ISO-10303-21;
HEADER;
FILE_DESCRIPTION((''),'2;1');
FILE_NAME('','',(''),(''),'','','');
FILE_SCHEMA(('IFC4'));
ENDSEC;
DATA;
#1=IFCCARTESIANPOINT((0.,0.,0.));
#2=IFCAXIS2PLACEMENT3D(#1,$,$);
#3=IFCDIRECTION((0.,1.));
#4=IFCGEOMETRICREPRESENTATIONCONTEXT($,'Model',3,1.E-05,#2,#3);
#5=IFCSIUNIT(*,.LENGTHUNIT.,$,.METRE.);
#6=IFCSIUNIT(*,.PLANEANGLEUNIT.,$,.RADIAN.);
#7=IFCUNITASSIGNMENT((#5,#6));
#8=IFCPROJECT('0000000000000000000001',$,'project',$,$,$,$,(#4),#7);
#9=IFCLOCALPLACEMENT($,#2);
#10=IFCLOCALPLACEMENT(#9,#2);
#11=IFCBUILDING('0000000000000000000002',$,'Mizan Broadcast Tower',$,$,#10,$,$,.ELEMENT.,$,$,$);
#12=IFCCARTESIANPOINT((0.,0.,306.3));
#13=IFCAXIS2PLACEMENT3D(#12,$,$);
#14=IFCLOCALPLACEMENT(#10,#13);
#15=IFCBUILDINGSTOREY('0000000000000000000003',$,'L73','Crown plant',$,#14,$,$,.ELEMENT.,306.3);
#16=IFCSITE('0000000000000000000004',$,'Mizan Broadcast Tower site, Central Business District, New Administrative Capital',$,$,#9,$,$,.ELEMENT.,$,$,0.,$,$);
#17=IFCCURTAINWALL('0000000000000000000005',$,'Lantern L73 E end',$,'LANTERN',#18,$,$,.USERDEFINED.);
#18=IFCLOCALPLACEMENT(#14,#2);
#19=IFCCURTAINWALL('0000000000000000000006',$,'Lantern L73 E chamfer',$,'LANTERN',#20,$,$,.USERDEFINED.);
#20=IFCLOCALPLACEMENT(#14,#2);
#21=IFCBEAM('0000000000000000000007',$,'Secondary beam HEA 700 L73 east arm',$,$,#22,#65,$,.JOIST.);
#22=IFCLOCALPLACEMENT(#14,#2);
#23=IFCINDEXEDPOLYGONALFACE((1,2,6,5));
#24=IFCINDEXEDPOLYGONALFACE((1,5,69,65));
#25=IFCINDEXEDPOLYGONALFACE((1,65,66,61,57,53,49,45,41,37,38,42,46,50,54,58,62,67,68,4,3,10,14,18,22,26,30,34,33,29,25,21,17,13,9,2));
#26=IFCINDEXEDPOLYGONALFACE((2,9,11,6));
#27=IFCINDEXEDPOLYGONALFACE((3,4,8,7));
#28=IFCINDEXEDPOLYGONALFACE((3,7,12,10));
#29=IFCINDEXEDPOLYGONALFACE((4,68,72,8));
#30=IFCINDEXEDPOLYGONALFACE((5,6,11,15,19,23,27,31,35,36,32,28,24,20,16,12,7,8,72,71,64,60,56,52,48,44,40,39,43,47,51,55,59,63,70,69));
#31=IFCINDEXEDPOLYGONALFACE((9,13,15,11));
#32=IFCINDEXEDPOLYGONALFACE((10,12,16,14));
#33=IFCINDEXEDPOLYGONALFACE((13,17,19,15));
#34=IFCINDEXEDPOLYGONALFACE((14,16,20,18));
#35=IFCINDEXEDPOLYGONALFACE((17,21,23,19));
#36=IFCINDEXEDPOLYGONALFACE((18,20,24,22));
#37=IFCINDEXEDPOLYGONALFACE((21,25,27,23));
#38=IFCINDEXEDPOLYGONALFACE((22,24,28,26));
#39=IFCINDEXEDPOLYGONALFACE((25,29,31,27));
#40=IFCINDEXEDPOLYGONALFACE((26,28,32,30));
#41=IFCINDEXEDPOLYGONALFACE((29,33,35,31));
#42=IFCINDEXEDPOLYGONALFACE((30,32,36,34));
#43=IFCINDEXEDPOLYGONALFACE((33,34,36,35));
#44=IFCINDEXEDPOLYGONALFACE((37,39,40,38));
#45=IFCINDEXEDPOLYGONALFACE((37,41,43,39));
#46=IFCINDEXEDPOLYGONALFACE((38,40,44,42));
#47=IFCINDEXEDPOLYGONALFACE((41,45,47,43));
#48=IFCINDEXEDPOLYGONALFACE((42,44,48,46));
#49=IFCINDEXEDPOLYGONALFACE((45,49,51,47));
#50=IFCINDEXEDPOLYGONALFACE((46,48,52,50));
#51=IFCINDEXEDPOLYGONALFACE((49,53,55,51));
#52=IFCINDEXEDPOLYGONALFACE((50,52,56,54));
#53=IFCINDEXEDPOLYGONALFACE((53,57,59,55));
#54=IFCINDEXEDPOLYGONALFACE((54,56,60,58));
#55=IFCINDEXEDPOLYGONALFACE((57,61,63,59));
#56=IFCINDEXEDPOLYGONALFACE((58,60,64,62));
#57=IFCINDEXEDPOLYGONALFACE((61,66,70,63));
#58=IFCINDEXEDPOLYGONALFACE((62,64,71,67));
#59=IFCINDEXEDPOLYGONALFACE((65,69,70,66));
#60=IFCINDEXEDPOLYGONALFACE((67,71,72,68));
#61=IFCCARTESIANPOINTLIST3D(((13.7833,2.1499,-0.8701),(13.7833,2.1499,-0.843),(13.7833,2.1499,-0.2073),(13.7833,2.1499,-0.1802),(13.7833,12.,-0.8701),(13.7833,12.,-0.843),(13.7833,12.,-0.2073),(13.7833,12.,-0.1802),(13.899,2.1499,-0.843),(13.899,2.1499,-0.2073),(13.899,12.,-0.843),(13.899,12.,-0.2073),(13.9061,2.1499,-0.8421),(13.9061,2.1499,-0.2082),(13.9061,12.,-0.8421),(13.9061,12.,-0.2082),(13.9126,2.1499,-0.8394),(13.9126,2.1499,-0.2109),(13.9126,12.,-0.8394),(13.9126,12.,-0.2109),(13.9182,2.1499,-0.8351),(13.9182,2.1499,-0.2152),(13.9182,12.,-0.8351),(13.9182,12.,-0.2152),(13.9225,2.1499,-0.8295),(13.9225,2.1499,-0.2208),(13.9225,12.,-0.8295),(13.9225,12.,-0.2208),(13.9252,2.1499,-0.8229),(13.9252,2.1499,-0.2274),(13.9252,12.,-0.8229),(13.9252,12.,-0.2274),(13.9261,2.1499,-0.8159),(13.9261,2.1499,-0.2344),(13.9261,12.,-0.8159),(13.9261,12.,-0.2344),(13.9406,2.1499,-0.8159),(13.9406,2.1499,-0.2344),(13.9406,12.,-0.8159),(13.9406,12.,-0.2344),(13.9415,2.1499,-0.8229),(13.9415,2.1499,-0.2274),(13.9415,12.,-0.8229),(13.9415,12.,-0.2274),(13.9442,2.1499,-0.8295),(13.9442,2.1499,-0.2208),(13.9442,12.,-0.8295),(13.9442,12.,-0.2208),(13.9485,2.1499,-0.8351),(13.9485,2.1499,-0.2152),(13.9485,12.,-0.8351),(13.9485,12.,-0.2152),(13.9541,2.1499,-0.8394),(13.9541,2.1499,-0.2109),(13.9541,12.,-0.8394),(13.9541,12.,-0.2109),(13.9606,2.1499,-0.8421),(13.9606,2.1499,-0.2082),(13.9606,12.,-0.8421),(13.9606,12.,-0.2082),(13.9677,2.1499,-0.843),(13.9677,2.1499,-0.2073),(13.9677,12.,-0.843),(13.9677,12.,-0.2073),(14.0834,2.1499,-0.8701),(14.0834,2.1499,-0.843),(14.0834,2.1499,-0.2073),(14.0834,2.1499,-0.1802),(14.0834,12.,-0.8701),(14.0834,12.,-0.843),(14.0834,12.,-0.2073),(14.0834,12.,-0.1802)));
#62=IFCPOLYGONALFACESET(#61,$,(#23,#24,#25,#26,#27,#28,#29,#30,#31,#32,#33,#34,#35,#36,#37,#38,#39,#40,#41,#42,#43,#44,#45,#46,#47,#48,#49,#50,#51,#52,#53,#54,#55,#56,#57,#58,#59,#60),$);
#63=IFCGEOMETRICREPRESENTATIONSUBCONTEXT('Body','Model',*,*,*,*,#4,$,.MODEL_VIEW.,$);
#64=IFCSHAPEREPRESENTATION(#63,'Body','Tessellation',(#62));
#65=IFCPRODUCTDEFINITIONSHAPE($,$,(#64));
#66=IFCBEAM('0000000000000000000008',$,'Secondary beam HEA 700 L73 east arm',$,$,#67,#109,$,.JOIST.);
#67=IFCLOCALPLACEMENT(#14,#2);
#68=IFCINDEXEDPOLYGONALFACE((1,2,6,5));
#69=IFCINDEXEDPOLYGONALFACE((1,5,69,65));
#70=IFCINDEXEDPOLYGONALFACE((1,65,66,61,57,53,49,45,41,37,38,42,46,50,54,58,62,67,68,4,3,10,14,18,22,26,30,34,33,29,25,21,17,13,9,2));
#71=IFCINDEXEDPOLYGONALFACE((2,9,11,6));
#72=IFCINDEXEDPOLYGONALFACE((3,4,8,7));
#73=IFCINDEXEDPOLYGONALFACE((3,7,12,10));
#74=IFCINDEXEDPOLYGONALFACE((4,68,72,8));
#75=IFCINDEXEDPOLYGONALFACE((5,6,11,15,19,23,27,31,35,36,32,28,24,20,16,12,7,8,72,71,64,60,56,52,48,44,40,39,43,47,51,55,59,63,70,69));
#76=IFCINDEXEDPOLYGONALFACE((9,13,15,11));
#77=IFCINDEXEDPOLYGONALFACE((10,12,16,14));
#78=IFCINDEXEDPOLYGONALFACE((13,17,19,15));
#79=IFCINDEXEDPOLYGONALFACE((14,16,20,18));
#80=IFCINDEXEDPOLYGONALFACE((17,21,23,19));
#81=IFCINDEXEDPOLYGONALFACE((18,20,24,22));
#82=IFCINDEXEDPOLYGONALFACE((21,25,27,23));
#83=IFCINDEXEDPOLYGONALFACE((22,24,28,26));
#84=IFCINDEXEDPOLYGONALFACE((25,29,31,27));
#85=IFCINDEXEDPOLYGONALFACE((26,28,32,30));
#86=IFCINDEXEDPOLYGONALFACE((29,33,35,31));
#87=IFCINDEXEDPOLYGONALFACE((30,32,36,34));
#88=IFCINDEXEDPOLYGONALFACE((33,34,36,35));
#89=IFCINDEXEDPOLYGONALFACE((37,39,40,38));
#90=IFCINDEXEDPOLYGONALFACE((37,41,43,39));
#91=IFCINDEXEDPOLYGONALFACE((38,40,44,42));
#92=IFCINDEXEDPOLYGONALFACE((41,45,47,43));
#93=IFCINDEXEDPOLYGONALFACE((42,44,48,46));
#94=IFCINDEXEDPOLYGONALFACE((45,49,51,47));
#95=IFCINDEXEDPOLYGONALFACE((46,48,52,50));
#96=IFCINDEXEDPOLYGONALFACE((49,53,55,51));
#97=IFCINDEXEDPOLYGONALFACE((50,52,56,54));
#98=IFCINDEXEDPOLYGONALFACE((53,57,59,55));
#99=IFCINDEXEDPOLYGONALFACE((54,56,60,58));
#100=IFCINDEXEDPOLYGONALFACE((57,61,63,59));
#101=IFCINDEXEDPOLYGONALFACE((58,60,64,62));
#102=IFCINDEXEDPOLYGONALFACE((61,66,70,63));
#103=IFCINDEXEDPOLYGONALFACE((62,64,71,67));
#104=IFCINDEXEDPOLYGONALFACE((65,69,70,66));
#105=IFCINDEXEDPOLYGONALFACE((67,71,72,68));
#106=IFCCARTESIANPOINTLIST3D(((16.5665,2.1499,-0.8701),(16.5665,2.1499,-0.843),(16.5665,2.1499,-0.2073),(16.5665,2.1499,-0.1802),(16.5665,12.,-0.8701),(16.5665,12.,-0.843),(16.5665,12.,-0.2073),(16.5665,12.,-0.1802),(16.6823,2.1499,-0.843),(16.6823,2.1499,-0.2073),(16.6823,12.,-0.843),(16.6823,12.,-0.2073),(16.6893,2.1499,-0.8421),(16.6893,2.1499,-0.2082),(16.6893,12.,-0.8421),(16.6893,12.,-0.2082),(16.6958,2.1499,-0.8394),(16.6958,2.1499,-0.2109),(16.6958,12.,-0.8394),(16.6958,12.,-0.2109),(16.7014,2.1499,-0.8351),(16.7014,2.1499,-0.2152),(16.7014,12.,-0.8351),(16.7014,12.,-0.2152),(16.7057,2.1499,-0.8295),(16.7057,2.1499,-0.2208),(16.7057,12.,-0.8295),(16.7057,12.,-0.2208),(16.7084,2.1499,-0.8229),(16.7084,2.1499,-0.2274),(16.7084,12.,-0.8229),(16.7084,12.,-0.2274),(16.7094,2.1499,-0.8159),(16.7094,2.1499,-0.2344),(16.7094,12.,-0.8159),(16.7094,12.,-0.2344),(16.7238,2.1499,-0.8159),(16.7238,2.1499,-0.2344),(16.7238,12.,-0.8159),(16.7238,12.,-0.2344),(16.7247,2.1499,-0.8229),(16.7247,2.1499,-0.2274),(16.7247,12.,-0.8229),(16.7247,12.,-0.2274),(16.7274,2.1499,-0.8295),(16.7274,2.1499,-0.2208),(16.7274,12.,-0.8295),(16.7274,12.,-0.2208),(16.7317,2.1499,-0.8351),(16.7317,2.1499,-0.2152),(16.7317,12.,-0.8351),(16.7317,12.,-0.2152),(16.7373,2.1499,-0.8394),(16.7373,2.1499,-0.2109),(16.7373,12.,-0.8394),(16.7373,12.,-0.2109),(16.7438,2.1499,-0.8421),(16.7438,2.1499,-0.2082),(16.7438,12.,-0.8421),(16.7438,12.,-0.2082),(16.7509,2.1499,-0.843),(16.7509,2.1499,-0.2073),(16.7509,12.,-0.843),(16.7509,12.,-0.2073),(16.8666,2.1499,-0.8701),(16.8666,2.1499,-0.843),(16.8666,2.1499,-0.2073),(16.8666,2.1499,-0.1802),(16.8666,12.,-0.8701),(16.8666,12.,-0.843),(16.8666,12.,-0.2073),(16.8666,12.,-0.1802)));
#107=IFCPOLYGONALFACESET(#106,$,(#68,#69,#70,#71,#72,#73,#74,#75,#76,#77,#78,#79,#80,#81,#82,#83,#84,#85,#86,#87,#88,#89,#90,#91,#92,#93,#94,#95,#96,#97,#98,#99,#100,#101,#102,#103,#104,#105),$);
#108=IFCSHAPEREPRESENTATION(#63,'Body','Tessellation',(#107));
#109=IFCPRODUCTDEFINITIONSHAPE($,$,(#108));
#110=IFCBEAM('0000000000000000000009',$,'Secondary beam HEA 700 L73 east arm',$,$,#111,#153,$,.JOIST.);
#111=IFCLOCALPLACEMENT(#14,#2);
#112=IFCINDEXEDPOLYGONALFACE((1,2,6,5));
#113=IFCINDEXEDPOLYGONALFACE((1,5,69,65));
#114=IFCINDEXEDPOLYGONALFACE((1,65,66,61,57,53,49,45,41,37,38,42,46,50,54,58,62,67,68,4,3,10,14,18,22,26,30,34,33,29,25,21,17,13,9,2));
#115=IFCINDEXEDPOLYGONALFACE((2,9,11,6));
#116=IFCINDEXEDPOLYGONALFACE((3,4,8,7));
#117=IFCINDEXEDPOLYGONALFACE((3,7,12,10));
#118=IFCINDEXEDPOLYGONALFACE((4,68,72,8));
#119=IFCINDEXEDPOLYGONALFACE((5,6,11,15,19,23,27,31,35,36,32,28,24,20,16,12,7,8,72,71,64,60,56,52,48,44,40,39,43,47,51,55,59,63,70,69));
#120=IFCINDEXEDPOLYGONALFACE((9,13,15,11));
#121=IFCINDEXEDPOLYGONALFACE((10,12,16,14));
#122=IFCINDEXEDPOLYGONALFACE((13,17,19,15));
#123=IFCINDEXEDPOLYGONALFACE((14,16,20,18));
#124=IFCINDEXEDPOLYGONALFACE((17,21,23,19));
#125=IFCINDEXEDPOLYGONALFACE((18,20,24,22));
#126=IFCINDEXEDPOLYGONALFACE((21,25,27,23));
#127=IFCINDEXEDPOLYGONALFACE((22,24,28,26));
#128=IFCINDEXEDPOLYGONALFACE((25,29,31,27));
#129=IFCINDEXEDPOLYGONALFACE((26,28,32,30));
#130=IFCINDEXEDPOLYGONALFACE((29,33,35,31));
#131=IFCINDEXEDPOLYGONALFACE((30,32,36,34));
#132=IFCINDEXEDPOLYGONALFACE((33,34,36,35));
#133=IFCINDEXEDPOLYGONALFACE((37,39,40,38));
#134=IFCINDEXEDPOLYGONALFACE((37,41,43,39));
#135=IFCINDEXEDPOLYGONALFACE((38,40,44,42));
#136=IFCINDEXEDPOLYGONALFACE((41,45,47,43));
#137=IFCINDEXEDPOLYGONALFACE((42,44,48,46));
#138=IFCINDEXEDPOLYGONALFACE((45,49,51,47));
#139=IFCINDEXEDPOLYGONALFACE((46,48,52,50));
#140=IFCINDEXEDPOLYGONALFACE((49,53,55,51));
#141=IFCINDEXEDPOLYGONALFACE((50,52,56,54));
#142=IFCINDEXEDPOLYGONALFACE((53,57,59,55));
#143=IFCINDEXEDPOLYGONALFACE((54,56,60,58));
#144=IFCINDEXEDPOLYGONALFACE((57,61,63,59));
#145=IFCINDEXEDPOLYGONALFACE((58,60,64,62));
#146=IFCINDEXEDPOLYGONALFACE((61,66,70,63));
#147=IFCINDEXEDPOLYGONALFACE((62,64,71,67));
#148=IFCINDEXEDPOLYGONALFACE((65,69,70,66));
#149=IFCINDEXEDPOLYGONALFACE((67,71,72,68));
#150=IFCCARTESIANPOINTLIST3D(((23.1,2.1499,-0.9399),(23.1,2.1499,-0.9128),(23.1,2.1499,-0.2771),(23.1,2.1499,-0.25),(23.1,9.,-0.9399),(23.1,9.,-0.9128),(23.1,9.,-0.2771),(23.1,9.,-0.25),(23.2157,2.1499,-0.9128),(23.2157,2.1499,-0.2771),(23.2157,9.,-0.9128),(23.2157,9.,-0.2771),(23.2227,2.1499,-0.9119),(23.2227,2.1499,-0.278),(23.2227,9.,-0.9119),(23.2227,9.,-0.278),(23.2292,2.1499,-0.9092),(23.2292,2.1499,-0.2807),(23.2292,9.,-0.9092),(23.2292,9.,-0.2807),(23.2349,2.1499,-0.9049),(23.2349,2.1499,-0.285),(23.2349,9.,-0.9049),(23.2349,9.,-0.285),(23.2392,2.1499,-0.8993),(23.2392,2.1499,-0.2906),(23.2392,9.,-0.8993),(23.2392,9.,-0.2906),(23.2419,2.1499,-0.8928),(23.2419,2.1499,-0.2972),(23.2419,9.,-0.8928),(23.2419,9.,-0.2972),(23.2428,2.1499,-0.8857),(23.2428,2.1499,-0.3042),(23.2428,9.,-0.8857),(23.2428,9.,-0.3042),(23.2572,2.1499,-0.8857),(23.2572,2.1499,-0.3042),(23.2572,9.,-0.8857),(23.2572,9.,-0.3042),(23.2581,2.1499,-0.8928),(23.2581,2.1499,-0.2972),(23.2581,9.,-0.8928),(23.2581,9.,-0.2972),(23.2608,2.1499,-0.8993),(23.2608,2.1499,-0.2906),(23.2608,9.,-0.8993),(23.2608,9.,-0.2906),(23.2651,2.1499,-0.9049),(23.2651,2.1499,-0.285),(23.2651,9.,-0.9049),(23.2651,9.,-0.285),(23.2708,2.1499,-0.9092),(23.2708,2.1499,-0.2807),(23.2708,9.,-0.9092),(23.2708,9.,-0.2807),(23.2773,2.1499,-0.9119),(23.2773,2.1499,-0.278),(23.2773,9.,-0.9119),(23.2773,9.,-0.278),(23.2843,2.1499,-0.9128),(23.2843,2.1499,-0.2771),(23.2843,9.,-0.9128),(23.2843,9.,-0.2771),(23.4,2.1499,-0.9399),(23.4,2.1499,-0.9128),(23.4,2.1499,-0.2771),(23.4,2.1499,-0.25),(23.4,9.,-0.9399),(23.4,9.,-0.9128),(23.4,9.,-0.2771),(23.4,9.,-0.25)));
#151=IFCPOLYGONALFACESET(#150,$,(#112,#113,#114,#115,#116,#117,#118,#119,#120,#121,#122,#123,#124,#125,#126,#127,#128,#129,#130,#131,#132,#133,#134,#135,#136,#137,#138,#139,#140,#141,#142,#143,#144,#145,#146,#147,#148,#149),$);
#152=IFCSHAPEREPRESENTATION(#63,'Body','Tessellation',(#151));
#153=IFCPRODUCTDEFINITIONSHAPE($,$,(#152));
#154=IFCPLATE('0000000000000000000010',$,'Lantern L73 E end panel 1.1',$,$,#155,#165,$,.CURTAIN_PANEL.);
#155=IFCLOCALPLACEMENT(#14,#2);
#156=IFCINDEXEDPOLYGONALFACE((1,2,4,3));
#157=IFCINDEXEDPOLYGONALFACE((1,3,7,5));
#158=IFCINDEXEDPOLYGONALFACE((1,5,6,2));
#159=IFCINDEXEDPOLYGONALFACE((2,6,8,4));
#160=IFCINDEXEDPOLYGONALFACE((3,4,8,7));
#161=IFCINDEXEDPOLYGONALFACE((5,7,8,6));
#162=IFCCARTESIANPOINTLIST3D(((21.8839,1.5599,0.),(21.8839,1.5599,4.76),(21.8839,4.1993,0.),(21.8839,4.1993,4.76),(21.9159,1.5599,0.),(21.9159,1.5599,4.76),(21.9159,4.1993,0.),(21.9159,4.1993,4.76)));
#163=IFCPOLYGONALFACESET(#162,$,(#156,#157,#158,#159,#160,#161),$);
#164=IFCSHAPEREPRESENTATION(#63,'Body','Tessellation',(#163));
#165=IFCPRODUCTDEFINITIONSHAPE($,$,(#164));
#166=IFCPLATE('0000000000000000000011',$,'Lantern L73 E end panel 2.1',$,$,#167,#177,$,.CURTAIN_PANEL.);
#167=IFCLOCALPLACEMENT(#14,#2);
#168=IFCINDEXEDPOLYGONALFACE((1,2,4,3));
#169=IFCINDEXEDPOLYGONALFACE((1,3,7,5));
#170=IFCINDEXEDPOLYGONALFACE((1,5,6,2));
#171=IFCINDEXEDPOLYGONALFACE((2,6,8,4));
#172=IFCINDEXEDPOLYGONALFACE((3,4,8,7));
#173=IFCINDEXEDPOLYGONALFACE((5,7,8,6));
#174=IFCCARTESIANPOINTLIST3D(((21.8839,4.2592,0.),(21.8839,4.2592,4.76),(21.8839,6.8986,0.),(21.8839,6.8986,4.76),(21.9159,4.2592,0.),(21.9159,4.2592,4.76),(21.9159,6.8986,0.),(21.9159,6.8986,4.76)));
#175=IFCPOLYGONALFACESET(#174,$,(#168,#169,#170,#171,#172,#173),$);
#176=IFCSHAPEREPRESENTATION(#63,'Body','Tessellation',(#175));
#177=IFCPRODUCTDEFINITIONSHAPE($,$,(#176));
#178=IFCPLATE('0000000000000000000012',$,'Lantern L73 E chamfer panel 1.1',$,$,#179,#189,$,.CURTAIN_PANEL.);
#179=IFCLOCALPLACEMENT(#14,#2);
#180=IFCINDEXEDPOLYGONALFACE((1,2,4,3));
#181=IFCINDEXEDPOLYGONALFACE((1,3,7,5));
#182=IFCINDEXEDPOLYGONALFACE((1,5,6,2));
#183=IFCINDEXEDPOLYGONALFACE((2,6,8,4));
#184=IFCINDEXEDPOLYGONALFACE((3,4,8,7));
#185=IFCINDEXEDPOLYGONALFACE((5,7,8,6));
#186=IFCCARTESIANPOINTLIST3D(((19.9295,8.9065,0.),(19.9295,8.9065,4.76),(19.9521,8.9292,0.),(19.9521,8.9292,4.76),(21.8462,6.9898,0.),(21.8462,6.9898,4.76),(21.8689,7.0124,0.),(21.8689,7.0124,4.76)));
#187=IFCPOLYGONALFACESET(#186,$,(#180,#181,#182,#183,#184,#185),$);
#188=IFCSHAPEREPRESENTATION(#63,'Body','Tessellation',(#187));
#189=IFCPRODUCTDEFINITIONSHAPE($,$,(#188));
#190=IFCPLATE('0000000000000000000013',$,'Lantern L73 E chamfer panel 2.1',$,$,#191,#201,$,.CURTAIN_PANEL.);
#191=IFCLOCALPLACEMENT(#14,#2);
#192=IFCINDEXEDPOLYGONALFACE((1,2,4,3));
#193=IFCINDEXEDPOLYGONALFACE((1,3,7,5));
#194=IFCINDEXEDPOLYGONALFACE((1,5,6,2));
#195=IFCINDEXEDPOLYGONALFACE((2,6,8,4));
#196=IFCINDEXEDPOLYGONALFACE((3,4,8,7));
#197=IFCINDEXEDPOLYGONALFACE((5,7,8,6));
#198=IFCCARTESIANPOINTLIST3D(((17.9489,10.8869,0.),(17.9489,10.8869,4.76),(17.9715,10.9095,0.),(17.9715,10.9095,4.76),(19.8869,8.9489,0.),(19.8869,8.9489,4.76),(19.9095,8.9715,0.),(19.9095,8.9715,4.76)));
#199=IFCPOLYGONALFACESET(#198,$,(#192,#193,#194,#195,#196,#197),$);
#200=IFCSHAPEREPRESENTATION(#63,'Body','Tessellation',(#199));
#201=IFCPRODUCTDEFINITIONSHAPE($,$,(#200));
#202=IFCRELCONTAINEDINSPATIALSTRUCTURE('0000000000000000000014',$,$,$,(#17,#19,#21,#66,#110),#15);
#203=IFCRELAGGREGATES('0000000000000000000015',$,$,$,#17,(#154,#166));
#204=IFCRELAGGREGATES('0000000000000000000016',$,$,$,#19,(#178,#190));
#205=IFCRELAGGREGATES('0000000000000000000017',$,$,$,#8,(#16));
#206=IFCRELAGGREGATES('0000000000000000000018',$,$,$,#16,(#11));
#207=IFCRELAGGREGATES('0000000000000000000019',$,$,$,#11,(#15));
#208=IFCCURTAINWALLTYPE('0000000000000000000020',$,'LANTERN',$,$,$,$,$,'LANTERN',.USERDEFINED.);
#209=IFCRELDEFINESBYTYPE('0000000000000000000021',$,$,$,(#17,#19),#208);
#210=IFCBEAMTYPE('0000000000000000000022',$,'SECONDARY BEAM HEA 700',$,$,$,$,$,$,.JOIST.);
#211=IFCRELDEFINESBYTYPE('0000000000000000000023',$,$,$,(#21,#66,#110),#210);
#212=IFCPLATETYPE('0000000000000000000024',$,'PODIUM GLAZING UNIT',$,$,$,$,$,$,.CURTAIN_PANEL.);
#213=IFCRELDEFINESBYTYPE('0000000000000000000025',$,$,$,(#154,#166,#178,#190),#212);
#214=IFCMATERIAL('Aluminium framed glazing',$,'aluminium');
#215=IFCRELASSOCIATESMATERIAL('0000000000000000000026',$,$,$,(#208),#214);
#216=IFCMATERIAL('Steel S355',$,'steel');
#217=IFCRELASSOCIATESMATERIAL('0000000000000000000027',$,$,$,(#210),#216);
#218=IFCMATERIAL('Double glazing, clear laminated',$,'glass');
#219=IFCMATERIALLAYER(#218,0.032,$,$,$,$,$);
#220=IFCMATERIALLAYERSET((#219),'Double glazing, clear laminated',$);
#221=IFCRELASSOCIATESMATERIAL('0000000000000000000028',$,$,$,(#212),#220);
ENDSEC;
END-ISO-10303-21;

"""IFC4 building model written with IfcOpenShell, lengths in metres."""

from ifc_helpers import new_model, si_unit, direction, frame, origin, origin_2d, place, context, subcontext, project, spatial, rectangle, i_section, extrude, material, layer, layer_set, material_profile, profile_set, type_object, element, aggregate, save


model = new_model("IFC4")

# Units and contexts
model_context = context("Model", 3, precision=1e-05, world=origin(), true_north=direction((0.0, 1.0)))
body_context = subcontext(model_context, "Body", "Model", "MODEL_VIEW")
ifc_project = project(units=[si_unit("LENGTHUNIT", "METRE"), si_unit("PLANEANGLEUNIT", "RADIAN")], contexts=[model_context])

# Site, building, storey
site_placement = place(None, origin())
site = spatial("IfcSite", under=ifc_project, at=site_placement, Name="Mizan Broadcast Tower site, Central Business District, New Administrative Capital", CompositionType="ELEMENT", RefElevation=0.0)
building_placement = place(site_placement, origin())
building = spatial("IfcBuilding", under=site, at=building_placement, Name="Mizan Broadcast Tower", CompositionType="ELEMENT")
storey_placement = place(building_placement, frame((0.0, 0.0, 306.3)))
storey = spatial("IfcBuildingStorey", under=building, at=storey_placement, Name="L73", Description="Crown plant", CompositionType="ELEMENT", Elevation=306.3)

# Curtain walls
ifc_material_1 = material(Name="Aluminium framed glazing", Category="aluminium")
curtain_wall_type = type_object("IfcCurtainWallType", Name="LANTERN", ElementType="LANTERN", PredefinedType="USERDEFINED", material=ifc_material_1)
curtain_wall_1_placement = place(storey_placement, origin())
curtain_wall_1 = element("IfcCurtainWall", 1, at=curtain_wall_1_placement, inside=storey, type_object=curtain_wall_type, Name="Lantern L73 E end", ObjectType="LANTERN", PredefinedType="USERDEFINED")
curtain_wall_2_placement = place(storey_placement, origin())
curtain_wall_2 = element("IfcCurtainWall", 2, at=curtain_wall_2_placement, inside=storey, type_object=curtain_wall_type, Name="Lantern L73 E chamfer", ObjectType="LANTERN", PredefinedType="USERDEFINED")

# Beams
ifc_material_2 = material(Name="Steel S355", Category="steel")
ifc_material_profile_1 = material_profile(ifc_material_2, i_section(OverallWidth=0.3, OverallDepth=0.6899, WebThickness=0.0144, FlangeThickness=0.0271, FilletRadius=0.0271, at=origin_2d()), Name="HEA 700")
ifc_profile_set_1 = profile_set([ifc_material_profile_1], Name="Steel S355")
beam_type_1 = type_object("IfcBeamType", Name="SECONDARY BEAM HEA 700", PredefinedType="JOIST", material=ifc_profile_set_1)
for number, where, z_axis, x_axis, name in (
    (3, (13.9333, 12.0, -0.5251), (0.0, -1.0, 0.0), (1.0, 0.0, 0.0), "Secondary beam HEA 700 L73 east arm"),
    (4, (16.7166, 12.0, -0.5251), (0.0, -1.0, 0.0), (1.0, 0.0, 0.0), "Secondary beam HEA 700 L73 east arm"),
):
    element("IfcBeam", number, at=place(storey_placement, frame(where, z_axis=z_axis, x_axis=x_axis)), inside=storey, type_object=beam_type_1, Name=name, PredefinedType="JOIST", context=body_context, shape_type="SweptSolid", body=[
        extrude(i_section(OverallWidth=0.3, OverallDepth=0.6899, WebThickness=0.0144, FlangeThickness=0.0271, FilletRadius=0.0271, at=origin_2d()), origin(), (0.0, 0.0, 1.0), 9.8501),
    ])
beam_1_placement = place(storey_placement, frame((23.25, 9.0, -0.595), z_axis=(0.0, -1.0, 0.0), x_axis=(1.0, 0.0, 0.0)))
element("IfcBeam", 5, at=beam_1_placement, inside=storey, type_object=beam_type_1, Name="Secondary beam HEA 700 L73 east arm", PredefinedType="JOIST", context=body_context, shape_type="SweptSolid", body=[
    extrude(i_section(OverallWidth=0.3, OverallDepth=0.6899, WebThickness=0.0144, FlangeThickness=0.0271, FilletRadius=0.0271, at=origin_2d()), origin(), (0.0, 0.0, 1.0), 6.8501),
])

# Plates
ifc_material_3 = material(Name="Double glazing, clear laminated", Category="glass")
ifc_layer_1 = layer(ifc_material_3, 0.032)
ifc_layer_set_1 = layer_set([ifc_layer_1], Name="Double glazing, clear laminated")
plate_type = type_object("IfcPlateType", Name="PODIUM GLAZING UNIT", PredefinedType="CURTAIN_PANEL", material=ifc_layer_set_1)
plate_1_placement = place(storey_placement, frame((21.8999, 2.8796, 0.0), z_axis=(0.0, 0.0, 1.0), x_axis=(0.0, 1.0, 0.0)))
plate_1 = element("IfcPlate", 6, at=plate_1_placement, type_object=plate_type, Name="Lantern L73 E end panel 1.1", PredefinedType="CURTAIN_PANEL", context=body_context, shape_type="SweptSolid", body=[
    extrude(rectangle(XDim=2.6394, YDim=0.032, at=origin_2d()), origin(), (0.0, 0.0, 1.0), 4.76),
])
plate_2_placement = place(storey_placement, frame((21.8999, 5.5789, 0.0), z_axis=(0.0, 0.0, 1.0), x_axis=(0.0, 1.0, 0.0)))
plate_2 = element("IfcPlate", 7, at=plate_2_placement, type_object=plate_type, Name="Lantern L73 E end panel 2.1", PredefinedType="CURTAIN_PANEL", context=body_context, shape_type="SweptSolid", body=[
    extrude(rectangle(XDim=2.6394, YDim=0.032, at=origin_2d()), origin(), (0.0, 0.0, 1.0), 4.76),
])
aggregate(curtain_wall_1, [plate_1, plate_2])
plate_3_placement = place(storey_placement, frame((20.8992, 7.9595, 0.0), z_axis=(0.0, 0.0, 1.0), x_axis=(-0.707107, 0.707107, 0.0)))
plate_3 = element("IfcPlate", 8, at=plate_3_placement, type_object=plate_type, Name="Lantern L73 E chamfer panel 1.1", PredefinedType="CURTAIN_PANEL", context=body_context, shape_type="SweptSolid", body=[
    extrude(rectangle(XDim=2.7107, YDim=0.032, at=origin_2d()), origin(), (0.0, 0.0, 1.0), 4.76),
])
plate_4_placement = place(storey_placement, frame((18.9292, 9.9292, 0.0), z_axis=(0.0, 0.0, 1.0), x_axis=(-0.707107, 0.707107, 0.0)))
plate_4 = element("IfcPlate", 9, at=plate_4_placement, type_object=plate_type, Name="Lantern L73 E chamfer panel 2.1", PredefinedType="CURTAIN_PANEL", context=body_context, shape_type="SweptSolid", body=[
    extrude(rectangle(XDim=2.7407, YDim=0.032, at=origin_2d()), origin(), (0.0, 0.0, 1.0), 4.76),
])
aggregate(curtain_wall_2, [plate_3, plate_4])

save(model, "model.ifc")
